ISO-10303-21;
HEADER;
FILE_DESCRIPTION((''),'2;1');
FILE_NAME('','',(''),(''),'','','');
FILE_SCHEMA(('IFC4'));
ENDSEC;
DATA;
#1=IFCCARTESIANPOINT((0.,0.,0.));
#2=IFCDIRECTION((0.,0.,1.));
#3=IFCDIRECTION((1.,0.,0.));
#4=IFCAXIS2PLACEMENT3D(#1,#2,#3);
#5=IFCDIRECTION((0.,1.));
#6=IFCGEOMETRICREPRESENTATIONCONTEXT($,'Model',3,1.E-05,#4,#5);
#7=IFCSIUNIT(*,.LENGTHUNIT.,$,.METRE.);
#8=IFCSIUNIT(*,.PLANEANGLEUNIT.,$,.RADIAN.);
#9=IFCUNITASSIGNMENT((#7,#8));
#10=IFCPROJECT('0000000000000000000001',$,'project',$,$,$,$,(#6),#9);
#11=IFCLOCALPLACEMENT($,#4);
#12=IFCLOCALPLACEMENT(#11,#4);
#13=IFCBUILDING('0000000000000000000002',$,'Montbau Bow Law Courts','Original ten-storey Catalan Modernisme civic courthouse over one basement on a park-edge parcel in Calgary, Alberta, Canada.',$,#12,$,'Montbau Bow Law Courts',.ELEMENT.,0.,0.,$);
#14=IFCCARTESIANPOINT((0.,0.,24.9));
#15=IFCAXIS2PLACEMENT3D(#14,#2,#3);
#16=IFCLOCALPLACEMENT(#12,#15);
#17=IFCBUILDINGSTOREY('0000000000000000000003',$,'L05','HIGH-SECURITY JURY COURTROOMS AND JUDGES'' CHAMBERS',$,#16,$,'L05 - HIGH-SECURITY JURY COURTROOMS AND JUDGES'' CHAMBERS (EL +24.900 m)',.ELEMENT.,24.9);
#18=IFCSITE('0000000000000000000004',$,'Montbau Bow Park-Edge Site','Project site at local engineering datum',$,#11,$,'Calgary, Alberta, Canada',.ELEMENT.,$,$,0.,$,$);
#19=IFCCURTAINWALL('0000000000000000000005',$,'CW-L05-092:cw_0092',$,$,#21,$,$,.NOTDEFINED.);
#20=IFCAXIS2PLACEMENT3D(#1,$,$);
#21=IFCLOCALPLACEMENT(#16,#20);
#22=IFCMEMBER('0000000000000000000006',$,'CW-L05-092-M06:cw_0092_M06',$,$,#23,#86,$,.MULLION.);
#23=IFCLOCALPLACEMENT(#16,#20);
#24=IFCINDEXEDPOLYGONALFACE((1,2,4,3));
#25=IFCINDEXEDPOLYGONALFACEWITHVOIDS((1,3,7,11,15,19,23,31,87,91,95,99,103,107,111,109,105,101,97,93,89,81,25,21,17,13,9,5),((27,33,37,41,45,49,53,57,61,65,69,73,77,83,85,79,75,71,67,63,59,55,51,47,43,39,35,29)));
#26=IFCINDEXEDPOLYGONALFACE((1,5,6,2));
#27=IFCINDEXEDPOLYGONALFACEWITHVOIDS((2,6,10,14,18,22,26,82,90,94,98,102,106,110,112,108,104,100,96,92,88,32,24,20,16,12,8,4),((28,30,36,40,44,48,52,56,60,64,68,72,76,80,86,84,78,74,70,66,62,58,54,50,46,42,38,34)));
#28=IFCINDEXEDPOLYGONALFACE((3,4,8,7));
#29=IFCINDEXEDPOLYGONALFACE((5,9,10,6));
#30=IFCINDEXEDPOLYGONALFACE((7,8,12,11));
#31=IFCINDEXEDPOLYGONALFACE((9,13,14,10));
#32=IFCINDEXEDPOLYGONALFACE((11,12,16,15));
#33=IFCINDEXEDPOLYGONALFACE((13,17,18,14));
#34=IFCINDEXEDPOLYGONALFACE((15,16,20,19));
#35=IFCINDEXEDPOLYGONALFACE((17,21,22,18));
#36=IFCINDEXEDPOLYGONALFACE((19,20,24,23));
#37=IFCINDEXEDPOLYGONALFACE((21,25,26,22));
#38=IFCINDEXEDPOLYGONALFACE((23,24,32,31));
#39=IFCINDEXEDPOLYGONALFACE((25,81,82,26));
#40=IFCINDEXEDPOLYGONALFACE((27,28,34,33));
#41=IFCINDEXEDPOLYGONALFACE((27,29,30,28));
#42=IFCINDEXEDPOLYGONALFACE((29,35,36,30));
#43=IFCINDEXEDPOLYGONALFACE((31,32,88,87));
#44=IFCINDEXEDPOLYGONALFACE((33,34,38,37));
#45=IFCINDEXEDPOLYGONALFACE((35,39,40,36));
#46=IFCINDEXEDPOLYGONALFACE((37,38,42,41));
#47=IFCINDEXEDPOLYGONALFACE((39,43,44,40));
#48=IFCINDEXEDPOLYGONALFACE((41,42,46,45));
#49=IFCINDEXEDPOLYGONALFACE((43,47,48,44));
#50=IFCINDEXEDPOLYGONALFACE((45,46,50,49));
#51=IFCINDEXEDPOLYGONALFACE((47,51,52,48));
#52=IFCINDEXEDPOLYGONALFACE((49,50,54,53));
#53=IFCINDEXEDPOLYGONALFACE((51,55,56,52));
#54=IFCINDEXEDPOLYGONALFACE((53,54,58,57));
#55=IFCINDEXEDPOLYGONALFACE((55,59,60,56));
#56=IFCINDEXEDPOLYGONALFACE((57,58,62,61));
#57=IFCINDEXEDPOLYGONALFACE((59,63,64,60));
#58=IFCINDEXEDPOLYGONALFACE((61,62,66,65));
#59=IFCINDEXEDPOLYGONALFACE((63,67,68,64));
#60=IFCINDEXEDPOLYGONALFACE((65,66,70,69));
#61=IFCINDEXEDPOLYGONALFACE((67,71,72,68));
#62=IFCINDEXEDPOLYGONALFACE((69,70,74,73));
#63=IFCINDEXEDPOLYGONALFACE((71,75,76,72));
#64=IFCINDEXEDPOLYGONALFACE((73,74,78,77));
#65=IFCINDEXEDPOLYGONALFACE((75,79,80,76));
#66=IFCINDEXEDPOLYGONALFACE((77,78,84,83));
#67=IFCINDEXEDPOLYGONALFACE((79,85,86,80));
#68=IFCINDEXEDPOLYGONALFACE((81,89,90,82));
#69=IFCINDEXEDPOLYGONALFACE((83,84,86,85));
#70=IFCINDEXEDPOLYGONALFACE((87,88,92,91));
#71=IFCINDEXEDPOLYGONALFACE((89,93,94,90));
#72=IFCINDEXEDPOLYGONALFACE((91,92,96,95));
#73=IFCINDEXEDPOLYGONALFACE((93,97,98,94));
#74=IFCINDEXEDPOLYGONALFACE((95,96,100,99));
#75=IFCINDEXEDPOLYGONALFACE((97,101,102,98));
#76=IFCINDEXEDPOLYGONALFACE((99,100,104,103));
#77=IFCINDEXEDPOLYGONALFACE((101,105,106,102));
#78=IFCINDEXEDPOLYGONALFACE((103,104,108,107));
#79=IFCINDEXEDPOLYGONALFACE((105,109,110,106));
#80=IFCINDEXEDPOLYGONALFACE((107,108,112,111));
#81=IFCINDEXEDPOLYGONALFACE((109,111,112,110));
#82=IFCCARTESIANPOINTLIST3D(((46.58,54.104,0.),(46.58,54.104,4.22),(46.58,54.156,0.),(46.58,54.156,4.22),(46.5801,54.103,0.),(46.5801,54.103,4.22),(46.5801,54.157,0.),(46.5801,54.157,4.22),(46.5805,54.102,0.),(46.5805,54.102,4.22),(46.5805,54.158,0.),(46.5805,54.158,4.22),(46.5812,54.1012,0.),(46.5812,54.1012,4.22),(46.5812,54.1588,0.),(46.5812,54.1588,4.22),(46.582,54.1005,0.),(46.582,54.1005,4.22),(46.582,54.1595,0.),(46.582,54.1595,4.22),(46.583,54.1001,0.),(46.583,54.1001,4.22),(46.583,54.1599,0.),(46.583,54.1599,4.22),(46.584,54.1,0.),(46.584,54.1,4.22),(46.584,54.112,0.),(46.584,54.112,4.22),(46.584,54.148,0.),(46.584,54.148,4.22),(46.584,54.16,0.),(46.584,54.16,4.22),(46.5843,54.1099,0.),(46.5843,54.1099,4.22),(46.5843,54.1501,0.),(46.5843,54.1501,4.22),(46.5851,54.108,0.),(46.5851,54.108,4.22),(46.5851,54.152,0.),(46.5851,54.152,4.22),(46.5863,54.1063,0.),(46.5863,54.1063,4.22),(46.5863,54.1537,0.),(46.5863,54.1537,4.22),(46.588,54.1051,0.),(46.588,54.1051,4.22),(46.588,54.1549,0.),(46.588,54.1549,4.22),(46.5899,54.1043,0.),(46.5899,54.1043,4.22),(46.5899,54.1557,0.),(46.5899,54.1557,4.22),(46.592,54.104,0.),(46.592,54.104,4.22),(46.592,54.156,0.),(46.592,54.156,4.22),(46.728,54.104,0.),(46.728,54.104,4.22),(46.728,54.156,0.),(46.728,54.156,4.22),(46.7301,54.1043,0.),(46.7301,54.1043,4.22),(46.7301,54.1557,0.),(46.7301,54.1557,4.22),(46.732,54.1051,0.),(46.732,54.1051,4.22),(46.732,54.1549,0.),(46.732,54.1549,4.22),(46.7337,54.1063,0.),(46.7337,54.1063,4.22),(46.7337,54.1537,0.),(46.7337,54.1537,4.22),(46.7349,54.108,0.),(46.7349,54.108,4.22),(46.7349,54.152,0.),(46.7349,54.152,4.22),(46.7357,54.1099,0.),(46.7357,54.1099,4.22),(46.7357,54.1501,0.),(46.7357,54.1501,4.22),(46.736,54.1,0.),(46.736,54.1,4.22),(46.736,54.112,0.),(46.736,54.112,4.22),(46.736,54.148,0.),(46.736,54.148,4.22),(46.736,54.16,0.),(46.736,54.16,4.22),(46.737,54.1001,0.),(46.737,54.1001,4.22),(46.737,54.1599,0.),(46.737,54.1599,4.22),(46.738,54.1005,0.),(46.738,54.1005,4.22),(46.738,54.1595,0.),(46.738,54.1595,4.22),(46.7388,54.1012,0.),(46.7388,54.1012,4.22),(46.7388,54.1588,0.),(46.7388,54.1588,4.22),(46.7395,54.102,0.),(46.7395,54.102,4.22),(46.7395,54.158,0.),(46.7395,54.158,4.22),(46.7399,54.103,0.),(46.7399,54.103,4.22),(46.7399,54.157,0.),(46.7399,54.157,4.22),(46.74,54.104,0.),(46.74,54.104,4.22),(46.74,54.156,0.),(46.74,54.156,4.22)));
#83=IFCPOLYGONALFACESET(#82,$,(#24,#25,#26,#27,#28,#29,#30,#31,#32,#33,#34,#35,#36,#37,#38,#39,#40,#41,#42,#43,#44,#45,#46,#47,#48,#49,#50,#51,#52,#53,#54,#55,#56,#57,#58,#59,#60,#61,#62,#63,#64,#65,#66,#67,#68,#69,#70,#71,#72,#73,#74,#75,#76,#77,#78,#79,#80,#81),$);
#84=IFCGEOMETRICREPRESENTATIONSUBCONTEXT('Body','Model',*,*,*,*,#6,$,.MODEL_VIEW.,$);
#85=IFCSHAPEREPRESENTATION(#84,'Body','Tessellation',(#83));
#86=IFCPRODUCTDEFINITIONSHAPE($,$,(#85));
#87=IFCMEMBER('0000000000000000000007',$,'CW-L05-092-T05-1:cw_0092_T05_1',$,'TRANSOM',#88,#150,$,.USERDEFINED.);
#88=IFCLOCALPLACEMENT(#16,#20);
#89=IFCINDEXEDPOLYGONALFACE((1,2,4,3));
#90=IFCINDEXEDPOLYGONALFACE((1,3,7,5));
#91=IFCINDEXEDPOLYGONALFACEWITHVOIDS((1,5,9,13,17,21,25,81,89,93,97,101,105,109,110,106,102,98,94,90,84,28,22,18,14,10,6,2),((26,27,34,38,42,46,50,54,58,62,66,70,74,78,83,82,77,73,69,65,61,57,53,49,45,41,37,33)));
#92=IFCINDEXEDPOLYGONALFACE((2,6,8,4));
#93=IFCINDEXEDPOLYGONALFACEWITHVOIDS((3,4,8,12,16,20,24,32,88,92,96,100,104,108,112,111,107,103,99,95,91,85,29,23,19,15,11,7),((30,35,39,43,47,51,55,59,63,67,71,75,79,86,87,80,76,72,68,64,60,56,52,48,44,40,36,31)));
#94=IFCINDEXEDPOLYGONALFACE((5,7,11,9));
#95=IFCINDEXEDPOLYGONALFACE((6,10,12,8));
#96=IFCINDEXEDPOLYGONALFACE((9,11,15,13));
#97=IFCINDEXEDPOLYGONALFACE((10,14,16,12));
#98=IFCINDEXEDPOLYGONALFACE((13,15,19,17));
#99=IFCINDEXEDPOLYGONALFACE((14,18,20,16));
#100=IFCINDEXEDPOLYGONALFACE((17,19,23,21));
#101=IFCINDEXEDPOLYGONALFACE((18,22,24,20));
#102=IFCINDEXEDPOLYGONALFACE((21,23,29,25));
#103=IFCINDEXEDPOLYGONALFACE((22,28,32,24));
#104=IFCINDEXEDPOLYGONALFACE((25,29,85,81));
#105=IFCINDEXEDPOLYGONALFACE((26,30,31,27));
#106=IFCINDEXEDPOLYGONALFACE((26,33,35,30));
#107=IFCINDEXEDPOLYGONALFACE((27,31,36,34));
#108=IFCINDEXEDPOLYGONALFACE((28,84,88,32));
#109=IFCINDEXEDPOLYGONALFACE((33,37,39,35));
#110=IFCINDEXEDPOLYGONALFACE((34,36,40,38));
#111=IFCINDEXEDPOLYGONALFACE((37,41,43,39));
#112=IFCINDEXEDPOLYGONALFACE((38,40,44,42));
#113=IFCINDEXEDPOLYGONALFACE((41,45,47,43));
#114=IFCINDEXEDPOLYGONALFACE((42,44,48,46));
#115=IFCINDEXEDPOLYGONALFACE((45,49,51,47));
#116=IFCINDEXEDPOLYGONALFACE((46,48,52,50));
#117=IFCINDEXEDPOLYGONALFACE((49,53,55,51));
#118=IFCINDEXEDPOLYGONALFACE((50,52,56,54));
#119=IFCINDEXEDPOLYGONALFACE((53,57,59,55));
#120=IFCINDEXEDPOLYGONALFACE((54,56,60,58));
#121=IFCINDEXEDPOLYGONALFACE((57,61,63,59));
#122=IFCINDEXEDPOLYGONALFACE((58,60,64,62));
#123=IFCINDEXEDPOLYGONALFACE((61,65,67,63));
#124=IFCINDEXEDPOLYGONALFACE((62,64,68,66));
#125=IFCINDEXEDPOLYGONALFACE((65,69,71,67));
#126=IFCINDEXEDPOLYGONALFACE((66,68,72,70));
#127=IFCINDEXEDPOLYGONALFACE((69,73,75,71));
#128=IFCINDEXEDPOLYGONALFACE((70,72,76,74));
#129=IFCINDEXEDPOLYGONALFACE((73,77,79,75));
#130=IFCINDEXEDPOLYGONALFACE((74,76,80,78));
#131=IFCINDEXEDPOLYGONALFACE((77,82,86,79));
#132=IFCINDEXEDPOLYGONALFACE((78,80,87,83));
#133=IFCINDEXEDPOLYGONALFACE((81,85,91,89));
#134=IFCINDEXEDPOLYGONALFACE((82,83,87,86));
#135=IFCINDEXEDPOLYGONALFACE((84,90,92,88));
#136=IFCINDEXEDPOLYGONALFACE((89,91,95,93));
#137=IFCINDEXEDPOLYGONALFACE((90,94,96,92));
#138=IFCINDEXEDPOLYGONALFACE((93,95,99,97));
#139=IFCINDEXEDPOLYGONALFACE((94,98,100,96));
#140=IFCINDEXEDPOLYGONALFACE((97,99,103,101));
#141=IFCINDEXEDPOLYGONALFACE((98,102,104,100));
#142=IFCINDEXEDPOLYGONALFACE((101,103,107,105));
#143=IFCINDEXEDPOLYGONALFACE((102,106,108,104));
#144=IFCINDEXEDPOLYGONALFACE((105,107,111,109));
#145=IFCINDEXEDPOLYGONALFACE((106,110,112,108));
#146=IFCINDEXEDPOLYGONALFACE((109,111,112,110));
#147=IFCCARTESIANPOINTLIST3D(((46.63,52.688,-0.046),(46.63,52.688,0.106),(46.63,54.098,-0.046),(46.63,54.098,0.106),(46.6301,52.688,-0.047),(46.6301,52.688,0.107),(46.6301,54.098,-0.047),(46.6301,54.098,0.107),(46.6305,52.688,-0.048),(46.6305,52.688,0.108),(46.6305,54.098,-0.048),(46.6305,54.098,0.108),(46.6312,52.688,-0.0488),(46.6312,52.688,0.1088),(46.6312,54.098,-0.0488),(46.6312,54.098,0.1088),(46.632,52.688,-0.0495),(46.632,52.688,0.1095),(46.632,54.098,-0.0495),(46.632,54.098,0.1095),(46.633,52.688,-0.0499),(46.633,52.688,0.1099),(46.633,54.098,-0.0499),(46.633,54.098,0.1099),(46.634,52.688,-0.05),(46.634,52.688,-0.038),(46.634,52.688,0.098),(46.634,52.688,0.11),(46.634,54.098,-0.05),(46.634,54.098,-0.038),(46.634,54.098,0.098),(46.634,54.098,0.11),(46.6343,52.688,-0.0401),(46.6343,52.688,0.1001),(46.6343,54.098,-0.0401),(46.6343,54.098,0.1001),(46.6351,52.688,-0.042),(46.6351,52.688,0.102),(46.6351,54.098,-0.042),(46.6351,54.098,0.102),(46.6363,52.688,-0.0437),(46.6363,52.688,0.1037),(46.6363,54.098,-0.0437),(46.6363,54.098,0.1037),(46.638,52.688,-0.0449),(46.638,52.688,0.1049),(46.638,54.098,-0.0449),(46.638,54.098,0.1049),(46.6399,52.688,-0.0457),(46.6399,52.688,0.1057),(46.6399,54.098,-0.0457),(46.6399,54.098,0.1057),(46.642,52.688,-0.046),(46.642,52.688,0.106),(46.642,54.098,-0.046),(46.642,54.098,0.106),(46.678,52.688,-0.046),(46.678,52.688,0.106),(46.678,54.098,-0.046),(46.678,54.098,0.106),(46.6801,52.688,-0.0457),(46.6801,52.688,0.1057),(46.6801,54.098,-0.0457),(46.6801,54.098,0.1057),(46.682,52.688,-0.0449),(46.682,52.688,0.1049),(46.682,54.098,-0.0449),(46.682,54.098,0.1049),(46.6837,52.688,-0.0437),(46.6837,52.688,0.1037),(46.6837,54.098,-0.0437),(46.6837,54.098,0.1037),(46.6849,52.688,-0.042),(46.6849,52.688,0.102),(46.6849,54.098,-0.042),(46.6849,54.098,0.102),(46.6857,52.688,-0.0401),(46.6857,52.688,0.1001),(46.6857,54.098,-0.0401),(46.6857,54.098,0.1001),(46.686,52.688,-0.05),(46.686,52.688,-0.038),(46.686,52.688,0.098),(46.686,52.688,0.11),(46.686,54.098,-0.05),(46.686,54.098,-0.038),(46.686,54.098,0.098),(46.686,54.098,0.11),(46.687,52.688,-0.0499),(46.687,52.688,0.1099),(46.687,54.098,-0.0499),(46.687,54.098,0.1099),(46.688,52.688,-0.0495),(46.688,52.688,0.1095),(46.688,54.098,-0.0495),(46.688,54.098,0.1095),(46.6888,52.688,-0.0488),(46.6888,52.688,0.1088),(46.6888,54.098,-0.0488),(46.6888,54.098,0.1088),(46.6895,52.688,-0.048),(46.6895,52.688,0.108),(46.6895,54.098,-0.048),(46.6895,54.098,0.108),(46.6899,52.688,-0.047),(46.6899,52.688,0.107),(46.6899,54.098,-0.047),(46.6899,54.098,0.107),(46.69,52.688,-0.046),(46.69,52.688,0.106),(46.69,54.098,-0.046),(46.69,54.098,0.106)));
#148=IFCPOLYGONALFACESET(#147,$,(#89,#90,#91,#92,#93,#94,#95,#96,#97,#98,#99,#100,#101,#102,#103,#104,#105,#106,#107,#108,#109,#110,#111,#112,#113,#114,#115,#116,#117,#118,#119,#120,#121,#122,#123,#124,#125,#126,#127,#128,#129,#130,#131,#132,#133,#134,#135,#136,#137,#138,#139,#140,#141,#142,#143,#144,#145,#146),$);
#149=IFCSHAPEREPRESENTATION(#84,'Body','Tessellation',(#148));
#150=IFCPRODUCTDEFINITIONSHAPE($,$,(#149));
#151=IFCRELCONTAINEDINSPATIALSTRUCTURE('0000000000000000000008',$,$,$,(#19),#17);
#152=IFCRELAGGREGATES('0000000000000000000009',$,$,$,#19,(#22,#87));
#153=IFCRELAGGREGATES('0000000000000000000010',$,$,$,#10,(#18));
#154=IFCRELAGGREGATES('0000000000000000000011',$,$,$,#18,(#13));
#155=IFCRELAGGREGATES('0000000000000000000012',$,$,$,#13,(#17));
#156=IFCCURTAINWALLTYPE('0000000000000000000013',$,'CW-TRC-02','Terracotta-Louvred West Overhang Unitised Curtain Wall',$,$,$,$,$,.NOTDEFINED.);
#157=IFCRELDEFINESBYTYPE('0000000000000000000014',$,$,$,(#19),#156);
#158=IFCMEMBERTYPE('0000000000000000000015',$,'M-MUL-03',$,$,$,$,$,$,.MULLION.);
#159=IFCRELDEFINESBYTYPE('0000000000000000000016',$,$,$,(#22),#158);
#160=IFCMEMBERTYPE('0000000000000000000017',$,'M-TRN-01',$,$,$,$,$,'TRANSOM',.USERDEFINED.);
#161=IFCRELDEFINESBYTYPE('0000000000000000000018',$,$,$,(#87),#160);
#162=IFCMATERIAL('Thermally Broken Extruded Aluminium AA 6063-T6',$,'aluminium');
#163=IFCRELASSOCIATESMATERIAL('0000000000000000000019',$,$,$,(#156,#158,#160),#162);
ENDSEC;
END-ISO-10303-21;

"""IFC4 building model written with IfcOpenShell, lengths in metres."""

from ifc_helpers import new_model, si_unit, direction, frame, origin_with_axes, origin_2d_with_axis, place, context, subcontext, project, spatial, hollow_rectangle, extrude, material, material_profile, profile_set, type_object, element, aggregate, save


model = new_model("IFC4")

# Units and contexts
model_context = context("Model", 3, precision=1e-05, world=origin_with_axes(), true_north=direction((0.0, 1.0)))
body_context = subcontext(model_context, "Body", "Model", "MODEL_VIEW")
ifc_project = project(units=[si_unit("LENGTHUNIT", "METRE"), si_unit("PLANEANGLEUNIT", "RADIAN")], contexts=[model_context])

# Site, building, storey
site_placement = place(None, origin_with_axes())
site = spatial("IfcSite", under=ifc_project, at=site_placement, Name="Montbau Bow Park-Edge Site", Description="Project site at local engineering datum", LongName="Calgary, Alberta, Canada", CompositionType="ELEMENT", RefElevation=0.0)
building_placement = place(site_placement, origin_with_axes())
building = spatial("IfcBuilding", under=site, at=building_placement, Name="Montbau Bow Law Courts", Description="Original ten-storey Catalan Modernisme civic courthouse over one basement on a park-edge parcel in Calgary, Alberta, Canada.", LongName="Montbau Bow Law Courts", CompositionType="ELEMENT", ElevationOfRefHeight=0.0, ElevationOfTerrain=0.0)
storey_placement = place(building_placement, frame((0.0, 0.0, 24.9), z_axis=(0.0, 0.0, 1.0), x_axis=(1.0, 0.0, 0.0)))
storey = spatial("IfcBuildingStorey", under=building, at=storey_placement, Name="L05", Description="HIGH-SECURITY JURY COURTROOMS AND JUDGES' CHAMBERS", LongName="L05 - HIGH-SECURITY JURY COURTROOMS AND JUDGES' CHAMBERS (EL +24.900 m)", CompositionType="ELEMENT", Elevation=24.9)

# Curtain wall, members
ifc_material_1 = material(Name="Thermally Broken Extruded Aluminium AA 6063-T6", Category="aluminium")
curtain_wall_type = type_object("IfcCurtainWallType", Name="CW-TRC-02", Description="Terracotta-Louvred West Overhang Unitised Curtain Wall", PredefinedType="NOTDEFINED", material=ifc_material_1)
curtain_wall_placement = place(None, frame((46.66, 46.64, 24.9), z_axis=(0.0, 0.0, 1.0), x_axis=(1.0, 0.0, 0.0)))
curtain_wall = element("IfcCurtainWall", 1, at=curtain_wall_placement, inside=storey, type_object=curtain_wall_type, Name="CW-L05-092:cw_0092", PredefinedType="NOTDEFINED")
ifc_material_profile_1 = material_profile(ifc_material_1, hollow_rectangle(XDim=0.06, YDim=0.16, WallThickness=0.004, InnerFilletRadius=0.008, OuterFilletRadius=0.004, at=origin_2d_with_axis()), Name="CWM-160X60", Category="Main", Priority=0)
ifc_profile_set_1 = profile_set([ifc_material_profile_1], Name="Thermally Broken Extruded Aluminium AA 6063-T6")
member_type_1 = type_object("IfcMemberType", Name="M-MUL-03", PredefinedType="MULLION", material=ifc_profile_set_1)
member_1_placement = place(None, frame((46.66, 54.13, 24.9), z_axis=(0.0, 0.0, 1.0), x_axis=(0.0, 1.0, 0.0)))
member_1 = element("IfcMember", 2, at=member_1_placement, type_object=member_type_1, Name="CW-L05-092-M06:cw_0092_M06", PredefinedType="MULLION", context=body_context, shape_type="SweptSolid", body=[
    extrude(hollow_rectangle(XDim=0.06, YDim=0.16, WallThickness=0.004, InnerFilletRadius=0.008, OuterFilletRadius=0.004, at=origin_2d_with_axis()), origin_with_axes(), (0.0, 0.0, 1.0), 4.22),
])
ifc_material_profile_2 = material_profile(ifc_material_1, hollow_rectangle(XDim=0.06, YDim=0.16, WallThickness=0.004, InnerFilletRadius=0.008, OuterFilletRadius=0.004, at=origin_2d_with_axis()), Name="CWT-160X60", Category="Main", Priority=0)
ifc_profile_set_2 = profile_set([ifc_material_profile_2], Name="Thermally Broken Extruded Aluminium AA 6063-T6")
member_type_2 = type_object("IfcMemberType", Name="M-TRN-01", ElementType="TRANSOM", PredefinedType="USERDEFINED", material=ifc_profile_set_2)
member_2_placement = place(None, frame((46.66, 52.688, 24.93), z_axis=(0.0, 1.0, 0.0), x_axis=(-1.0, 0.0, 0.0)))
member_2 = element("IfcMember", 3, at=member_2_placement, type_object=member_type_2, Name="CW-L05-092-T05-1:cw_0092_T05_1", ObjectType="TRANSOM", PredefinedType="USERDEFINED", context=body_context, shape_type="SweptSolid", body=[
    extrude(hollow_rectangle(XDim=0.06, YDim=0.16, WallThickness=0.004, InnerFilletRadius=0.008, OuterFilletRadius=0.004, at=origin_2d_with_axis()), origin_with_axes(), (0.0, 0.0, 1.0), 1.41),
])
aggregate(curtain_wall, [member_1, member_2])

save(model, "model.ifc")
